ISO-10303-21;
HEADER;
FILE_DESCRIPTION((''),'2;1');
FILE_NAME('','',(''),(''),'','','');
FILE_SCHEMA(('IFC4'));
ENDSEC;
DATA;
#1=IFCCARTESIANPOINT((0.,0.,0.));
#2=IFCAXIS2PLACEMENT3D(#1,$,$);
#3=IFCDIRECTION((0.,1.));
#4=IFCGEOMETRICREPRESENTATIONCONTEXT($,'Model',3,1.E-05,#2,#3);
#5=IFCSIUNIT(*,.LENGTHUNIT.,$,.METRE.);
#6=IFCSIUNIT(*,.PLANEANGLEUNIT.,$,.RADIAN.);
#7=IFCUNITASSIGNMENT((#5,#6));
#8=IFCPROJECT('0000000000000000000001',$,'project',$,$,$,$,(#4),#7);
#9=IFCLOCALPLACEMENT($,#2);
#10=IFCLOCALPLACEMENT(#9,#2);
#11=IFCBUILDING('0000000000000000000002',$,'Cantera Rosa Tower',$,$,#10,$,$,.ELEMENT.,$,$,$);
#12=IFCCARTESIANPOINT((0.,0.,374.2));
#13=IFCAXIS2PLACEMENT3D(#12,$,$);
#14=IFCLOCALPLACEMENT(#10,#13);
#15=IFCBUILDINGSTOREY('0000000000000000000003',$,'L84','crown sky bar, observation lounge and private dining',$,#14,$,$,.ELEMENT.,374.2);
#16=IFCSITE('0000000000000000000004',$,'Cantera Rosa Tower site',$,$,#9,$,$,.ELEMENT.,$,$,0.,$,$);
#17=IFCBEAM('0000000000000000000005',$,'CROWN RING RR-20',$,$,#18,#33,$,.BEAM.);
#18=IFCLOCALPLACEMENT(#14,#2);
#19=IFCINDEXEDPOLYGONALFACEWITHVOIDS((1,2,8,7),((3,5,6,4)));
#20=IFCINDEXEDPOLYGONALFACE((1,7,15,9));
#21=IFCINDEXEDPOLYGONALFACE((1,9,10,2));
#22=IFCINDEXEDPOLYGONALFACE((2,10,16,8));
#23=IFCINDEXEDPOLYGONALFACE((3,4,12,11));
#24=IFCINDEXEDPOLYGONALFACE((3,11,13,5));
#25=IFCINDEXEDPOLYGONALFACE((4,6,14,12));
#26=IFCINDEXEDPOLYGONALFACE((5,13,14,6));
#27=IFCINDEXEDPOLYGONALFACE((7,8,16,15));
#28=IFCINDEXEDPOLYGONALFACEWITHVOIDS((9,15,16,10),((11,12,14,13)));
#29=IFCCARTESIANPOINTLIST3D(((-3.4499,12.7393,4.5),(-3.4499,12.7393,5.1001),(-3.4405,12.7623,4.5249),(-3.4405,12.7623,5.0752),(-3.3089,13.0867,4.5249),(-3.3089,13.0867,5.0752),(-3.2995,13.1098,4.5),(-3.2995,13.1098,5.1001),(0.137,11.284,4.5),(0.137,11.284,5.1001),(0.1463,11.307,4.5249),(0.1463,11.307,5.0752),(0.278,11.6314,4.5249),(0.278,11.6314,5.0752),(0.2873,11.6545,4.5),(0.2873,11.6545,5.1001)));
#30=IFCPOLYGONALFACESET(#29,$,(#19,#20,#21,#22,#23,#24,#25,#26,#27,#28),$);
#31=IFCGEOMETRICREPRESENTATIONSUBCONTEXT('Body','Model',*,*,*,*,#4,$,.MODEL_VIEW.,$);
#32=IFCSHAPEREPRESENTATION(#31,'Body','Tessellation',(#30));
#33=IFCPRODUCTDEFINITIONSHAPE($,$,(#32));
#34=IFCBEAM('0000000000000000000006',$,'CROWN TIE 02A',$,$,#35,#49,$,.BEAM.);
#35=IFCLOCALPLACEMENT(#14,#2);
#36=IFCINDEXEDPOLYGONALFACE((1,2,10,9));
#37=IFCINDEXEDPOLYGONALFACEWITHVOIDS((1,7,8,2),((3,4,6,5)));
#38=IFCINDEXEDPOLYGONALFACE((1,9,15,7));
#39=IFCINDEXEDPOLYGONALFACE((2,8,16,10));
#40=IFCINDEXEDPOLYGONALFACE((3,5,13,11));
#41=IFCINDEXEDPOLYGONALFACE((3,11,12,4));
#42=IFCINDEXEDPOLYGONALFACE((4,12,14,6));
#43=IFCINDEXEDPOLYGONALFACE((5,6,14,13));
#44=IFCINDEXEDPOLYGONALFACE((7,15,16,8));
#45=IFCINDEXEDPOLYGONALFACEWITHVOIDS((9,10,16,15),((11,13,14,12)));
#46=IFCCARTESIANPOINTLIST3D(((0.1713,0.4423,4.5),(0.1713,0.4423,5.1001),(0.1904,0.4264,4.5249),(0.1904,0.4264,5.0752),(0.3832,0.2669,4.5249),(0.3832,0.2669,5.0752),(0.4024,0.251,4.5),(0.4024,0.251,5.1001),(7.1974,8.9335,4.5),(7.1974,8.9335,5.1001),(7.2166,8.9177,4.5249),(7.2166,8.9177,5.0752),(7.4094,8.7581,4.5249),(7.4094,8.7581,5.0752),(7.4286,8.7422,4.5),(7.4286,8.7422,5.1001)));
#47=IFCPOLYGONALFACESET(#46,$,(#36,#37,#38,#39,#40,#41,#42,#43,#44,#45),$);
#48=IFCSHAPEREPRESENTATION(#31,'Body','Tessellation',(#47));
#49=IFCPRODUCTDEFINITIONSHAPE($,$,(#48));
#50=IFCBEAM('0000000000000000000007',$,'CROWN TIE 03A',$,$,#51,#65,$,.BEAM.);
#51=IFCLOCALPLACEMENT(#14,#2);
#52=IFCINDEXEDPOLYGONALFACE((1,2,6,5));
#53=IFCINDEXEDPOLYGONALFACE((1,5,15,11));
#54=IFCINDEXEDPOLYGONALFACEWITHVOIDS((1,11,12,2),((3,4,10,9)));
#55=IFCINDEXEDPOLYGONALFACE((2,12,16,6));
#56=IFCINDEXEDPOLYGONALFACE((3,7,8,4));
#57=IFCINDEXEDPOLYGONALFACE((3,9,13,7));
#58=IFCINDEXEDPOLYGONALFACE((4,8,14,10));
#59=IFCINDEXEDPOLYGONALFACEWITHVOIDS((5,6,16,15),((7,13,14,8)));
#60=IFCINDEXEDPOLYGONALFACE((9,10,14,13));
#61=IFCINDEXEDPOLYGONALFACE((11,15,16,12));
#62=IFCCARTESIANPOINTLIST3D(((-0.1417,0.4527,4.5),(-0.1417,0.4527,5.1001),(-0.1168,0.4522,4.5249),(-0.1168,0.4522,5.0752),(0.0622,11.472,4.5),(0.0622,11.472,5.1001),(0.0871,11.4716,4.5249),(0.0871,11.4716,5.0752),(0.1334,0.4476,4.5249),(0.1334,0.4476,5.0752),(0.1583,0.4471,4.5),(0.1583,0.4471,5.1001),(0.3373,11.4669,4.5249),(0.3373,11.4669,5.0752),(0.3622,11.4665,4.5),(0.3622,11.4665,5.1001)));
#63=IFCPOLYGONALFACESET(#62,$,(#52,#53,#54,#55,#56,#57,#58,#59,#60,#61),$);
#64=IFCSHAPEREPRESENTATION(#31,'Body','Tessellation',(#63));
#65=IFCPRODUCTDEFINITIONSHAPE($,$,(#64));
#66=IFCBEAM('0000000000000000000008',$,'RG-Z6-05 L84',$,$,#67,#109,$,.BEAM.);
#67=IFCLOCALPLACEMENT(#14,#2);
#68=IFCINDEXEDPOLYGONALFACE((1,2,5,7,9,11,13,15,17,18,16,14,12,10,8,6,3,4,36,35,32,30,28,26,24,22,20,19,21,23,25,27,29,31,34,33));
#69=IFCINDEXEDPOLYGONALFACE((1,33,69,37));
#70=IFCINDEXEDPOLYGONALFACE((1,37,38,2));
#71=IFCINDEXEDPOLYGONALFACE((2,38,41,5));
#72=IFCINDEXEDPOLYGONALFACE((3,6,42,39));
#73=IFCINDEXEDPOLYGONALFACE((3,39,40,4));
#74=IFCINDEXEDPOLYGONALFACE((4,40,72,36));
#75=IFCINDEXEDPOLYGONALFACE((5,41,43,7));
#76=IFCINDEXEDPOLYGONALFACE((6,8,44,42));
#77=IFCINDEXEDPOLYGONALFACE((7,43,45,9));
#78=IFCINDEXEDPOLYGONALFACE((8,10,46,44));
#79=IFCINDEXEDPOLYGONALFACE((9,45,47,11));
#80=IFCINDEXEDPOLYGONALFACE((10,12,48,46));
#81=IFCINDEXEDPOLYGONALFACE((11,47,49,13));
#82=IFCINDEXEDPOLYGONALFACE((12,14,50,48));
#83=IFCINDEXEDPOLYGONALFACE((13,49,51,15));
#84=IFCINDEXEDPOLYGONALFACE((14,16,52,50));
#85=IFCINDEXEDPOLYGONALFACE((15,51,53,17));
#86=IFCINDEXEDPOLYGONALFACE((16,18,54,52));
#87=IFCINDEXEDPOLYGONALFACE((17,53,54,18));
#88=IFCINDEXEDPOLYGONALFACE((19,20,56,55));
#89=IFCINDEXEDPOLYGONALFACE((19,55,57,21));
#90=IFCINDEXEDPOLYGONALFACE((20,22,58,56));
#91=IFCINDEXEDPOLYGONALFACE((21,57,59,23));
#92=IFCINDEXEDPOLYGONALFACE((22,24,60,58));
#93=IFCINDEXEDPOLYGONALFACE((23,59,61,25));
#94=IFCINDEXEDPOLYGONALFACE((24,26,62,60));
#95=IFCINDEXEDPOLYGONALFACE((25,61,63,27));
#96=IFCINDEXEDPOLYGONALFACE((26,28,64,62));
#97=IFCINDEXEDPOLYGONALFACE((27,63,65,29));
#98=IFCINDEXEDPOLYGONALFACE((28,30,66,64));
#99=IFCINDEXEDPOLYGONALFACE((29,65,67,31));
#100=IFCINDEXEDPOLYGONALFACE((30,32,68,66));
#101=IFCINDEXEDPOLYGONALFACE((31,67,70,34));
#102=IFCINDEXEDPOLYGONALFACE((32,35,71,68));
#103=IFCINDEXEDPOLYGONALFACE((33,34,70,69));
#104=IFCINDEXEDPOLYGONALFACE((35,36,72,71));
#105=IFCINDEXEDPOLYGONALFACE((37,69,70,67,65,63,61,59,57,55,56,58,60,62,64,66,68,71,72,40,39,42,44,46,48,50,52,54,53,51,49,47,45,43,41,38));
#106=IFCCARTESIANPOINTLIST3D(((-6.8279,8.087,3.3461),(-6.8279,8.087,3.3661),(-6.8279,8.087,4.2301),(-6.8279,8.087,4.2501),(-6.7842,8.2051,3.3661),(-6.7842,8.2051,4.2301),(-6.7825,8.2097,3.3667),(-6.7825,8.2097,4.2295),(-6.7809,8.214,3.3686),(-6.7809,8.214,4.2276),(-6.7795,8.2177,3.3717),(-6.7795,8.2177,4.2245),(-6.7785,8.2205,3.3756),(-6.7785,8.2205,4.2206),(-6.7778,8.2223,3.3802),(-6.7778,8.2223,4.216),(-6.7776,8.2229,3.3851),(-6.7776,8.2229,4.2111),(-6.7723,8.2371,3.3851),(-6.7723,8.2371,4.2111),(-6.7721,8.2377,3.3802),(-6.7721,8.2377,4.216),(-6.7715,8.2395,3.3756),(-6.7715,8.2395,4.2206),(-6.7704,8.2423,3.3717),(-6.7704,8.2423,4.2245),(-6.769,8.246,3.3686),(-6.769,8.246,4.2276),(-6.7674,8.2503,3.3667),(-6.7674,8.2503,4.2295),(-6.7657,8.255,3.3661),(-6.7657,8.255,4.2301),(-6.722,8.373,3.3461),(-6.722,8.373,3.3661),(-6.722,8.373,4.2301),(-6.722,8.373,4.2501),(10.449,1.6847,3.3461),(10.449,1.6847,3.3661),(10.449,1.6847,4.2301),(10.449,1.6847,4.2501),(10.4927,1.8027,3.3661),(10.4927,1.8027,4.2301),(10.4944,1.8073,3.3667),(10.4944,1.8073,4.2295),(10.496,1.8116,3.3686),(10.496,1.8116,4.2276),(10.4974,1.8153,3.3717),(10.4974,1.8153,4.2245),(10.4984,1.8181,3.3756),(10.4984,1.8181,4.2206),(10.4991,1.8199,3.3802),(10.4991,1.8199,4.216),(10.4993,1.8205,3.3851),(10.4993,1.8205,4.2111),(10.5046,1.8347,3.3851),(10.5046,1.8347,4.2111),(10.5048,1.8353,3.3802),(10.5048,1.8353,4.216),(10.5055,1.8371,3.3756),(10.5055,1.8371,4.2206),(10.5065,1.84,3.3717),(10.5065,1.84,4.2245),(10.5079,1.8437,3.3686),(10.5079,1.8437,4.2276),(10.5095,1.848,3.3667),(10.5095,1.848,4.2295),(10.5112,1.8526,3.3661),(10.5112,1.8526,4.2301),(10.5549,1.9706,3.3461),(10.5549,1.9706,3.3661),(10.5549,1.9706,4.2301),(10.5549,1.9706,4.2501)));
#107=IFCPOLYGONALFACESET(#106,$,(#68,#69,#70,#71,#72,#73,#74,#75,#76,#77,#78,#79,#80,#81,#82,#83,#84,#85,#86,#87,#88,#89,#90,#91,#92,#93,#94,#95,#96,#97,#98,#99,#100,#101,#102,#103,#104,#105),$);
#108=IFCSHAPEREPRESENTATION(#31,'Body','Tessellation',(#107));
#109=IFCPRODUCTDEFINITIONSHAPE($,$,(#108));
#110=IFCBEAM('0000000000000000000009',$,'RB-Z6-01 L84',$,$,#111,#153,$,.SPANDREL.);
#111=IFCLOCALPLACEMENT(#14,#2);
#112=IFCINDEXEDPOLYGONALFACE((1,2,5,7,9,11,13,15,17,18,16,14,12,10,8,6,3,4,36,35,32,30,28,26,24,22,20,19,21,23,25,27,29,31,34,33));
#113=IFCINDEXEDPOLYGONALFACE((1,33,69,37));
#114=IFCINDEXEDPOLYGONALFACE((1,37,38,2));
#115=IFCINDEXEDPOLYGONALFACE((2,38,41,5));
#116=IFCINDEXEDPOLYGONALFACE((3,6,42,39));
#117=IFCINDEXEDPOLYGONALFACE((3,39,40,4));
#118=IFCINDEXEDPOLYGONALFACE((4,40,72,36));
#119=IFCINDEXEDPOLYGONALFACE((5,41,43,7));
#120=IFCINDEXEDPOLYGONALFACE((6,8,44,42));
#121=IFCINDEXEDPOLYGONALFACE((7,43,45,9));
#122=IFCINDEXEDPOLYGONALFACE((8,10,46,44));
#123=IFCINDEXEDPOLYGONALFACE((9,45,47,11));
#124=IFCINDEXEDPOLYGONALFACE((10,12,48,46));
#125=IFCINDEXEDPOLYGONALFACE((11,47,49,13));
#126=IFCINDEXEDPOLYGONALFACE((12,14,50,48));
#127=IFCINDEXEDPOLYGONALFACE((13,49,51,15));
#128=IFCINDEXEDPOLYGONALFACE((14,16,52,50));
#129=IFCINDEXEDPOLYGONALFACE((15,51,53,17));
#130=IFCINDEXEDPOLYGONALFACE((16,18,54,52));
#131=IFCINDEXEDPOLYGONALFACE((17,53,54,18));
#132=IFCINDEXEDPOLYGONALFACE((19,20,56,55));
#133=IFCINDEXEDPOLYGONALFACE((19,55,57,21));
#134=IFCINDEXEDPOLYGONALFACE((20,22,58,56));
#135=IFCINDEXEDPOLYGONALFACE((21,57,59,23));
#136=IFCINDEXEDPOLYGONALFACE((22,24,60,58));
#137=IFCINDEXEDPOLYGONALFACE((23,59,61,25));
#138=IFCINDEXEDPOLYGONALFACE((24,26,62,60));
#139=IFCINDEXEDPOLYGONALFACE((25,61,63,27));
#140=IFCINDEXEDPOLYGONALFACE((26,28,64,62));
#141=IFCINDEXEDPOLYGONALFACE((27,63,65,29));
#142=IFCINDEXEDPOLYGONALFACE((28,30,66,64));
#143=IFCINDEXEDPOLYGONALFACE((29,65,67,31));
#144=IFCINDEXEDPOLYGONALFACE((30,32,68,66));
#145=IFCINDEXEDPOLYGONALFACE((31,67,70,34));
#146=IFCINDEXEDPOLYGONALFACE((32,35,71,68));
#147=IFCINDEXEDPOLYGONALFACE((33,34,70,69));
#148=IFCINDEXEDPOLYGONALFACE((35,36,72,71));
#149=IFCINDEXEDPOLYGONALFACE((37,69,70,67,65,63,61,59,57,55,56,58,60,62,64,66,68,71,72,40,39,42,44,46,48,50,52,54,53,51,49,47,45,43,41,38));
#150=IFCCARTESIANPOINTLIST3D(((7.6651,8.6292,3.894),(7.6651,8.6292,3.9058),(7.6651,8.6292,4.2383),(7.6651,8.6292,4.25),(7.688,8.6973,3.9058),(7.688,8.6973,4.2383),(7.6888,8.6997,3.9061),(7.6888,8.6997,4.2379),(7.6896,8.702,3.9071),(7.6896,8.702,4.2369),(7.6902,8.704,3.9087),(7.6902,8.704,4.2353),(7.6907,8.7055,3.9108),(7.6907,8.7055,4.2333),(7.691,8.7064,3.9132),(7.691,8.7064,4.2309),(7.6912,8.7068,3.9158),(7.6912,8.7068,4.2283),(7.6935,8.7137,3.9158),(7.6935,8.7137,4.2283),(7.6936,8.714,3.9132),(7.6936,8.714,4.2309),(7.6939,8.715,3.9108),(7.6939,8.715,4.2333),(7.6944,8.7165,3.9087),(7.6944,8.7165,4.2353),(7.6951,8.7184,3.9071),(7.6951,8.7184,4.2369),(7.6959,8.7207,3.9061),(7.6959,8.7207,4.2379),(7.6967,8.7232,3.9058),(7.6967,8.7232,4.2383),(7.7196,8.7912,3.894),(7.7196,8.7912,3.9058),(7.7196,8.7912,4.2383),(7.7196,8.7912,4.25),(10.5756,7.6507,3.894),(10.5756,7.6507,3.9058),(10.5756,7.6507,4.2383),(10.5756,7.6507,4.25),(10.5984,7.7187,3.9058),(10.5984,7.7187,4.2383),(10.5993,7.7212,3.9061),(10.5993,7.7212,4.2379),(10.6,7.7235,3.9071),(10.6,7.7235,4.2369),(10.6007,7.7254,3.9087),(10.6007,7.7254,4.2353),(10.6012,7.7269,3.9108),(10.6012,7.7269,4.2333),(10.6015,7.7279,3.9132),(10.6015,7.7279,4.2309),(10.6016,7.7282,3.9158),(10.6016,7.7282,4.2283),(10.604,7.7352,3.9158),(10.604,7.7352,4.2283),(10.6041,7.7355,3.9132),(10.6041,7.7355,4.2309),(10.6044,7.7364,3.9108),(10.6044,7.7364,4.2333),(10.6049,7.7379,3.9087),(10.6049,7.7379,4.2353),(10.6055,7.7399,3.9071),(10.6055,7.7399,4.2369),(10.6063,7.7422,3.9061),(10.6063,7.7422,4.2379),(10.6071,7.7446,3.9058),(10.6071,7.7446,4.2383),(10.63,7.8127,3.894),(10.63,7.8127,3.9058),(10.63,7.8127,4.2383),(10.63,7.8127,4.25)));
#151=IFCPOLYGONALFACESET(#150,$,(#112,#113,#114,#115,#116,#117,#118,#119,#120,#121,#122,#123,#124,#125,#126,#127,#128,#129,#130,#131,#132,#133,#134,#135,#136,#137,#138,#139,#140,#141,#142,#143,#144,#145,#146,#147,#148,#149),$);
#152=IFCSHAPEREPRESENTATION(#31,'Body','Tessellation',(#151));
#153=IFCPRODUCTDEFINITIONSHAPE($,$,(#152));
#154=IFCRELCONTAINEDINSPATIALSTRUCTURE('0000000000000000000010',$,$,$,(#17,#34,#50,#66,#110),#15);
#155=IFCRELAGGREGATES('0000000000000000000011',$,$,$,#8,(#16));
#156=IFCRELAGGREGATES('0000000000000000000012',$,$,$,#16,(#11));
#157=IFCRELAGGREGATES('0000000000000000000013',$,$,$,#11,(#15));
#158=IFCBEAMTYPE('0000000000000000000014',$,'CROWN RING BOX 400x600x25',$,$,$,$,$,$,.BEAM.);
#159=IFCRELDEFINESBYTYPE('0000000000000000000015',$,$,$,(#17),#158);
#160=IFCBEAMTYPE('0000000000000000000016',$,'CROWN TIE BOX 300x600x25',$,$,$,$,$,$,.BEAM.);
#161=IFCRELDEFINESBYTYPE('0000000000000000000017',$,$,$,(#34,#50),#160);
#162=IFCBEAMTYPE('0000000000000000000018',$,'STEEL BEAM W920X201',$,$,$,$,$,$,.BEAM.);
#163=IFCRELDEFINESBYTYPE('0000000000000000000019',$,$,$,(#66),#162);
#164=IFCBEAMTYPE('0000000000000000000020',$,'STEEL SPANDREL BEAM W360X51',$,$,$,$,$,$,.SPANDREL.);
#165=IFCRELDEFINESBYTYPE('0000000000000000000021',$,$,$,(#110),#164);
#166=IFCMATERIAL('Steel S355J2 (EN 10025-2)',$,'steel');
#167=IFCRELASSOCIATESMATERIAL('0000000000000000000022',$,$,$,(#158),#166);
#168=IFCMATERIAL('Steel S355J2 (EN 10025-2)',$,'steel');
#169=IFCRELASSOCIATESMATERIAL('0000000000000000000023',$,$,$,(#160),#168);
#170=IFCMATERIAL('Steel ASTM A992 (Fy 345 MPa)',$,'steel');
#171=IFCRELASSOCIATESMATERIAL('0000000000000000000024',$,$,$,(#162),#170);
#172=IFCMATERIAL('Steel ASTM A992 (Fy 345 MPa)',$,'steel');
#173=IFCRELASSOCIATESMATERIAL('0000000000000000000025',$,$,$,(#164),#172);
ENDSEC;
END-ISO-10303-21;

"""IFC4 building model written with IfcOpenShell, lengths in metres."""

from ifc_helpers import new_model, si_unit, direction, frame, origin, origin_2d, place, context, subcontext, project, spatial, hollow_rectangle, i_section, extrude, material, material_profile, profile_set, type_object, element, save


model = new_model("IFC4")

# Units and contexts
model_context = context("Model", 3, precision=1e-05, world=origin(), true_north=direction((0.0, 1.0)))
body_context = subcontext(model_context, "Body", "Model", "MODEL_VIEW")
ifc_project = project(units=[si_unit("LENGTHUNIT", "METRE"), si_unit("PLANEANGLEUNIT", "RADIAN")], contexts=[model_context])

# Site, building, storey
site_placement = place(None, origin())
site = spatial("IfcSite", under=ifc_project, at=site_placement, Name="Cantera Rosa Tower site", CompositionType="ELEMENT", RefElevation=0.0)
building_placement = place(site_placement, origin())
building = spatial("IfcBuilding", under=site, at=building_placement, Name="Cantera Rosa Tower", CompositionType="ELEMENT")
storey_placement = place(building_placement, frame((0.0, 0.0, 374.2)))
storey = spatial("IfcBuildingStorey", under=building, at=storey_placement, Name="L84", Description="crown sky bar, observation lounge and private dining", CompositionType="ELEMENT", Elevation=374.2)

# Beams
ifc_material_1 = material(Name="Steel S355J2 (EN 10025-2)", Category="steel")
ifc_material_profile_1 = material_profile(ifc_material_1, hollow_rectangle(XDim=0.3999, YDim=0.6001, WallThickness=0.0249, at=origin_2d()), Name="CROWN RING BOX 400x600x25")
ifc_profile_set_1 = profile_set([ifc_material_profile_1], Name="Steel S355J2 (EN 10025-2)")
beam_type_1 = type_object("IfcBeamType", Name="CROWN RING BOX 400x600x25", PredefinedType="BEAM", material=ifc_profile_set_1)
beam_1_placement = place(storey_placement, frame((0.2122, 11.4692, 4.8), z_axis=(-0.926634, 0.375964, 0.0), x_axis=(-0.375964, -0.926634, 0.0)))
element("IfcBeam", 1, at=beam_1_placement, inside=storey, type_object=beam_type_1, Name="CROWN RING RR-20", PredefinedType="BEAM", context=body_context, shape_type="SweptSolid", body=[
    extrude(hollow_rectangle(XDim=0.3999, YDim=0.6001, WallThickness=0.0249, at=origin_2d()), origin(), (0.0, 0.0, 1.0), 3.8708),
])
ifc_material_2 = material(Name="Steel S355J2 (EN 10025-2)", Category="steel")
ifc_material_profile_2 = material_profile(ifc_material_2, hollow_rectangle(XDim=0.3, YDim=0.6001, WallThickness=0.0249, at=origin_2d()), Name="CROWN TIE BOX 300x600x25")
ifc_profile_set_2 = profile_set([ifc_material_profile_2], Name="Steel S355J2 (EN 10025-2)")
beam_type_2 = type_object("IfcBeamType", Name="CROWN TIE BOX 300x600x25", PredefinedType="BEAM", material=ifc_profile_set_2)
for number, where, z_axis, x_axis, name in (
    (2, (7.313, 8.8379, 4.8), (-0.637509, -0.770443, 0.0), (0.770443, -0.637509, 0.0), "CROWN TIE 02A"),
    (3, (0.2122, 11.4692, 4.8), (-0.018497, -0.999829, 0.0), (0.999829, -0.018497, 0.0), "CROWN TIE 03A"),
):
    element("IfcBeam", number, at=place(storey_placement, frame(where, z_axis=z_axis, x_axis=x_axis)), inside=storey, type_object=beam_type_2, Name=name, PredefinedType="BEAM", context=body_context, shape_type="SweptSolid", body=[
        extrude(hollow_rectangle(XDim=0.3, YDim=0.6001, WallThickness=0.0249, at=origin_2d()), origin(), (0.0, 0.0, 1.0), 11.0212),
    ])
ifc_material_3 = material(Name="Steel ASTM A992 (Fy 345 MPa)", Category="steel")
ifc_material_profile_3 = material_profile(ifc_material_3, i_section(OverallWidth=0.3049, OverallDepth=0.9041, WebThickness=0.0151, FlangeThickness=0.02, FilletRadius=0.019, at=origin_2d()), Name="W920X201")
ifc_profile_set_3 = profile_set([ifc_material_profile_3], Name="Steel ASTM A992 (Fy 345 MPa)")
beam_type_3 = type_object("IfcBeamType", Name="STEEL BEAM W920X201", PredefinedType="BEAM", material=ifc_profile_set_3)
beam_2_placement = place(storey_placement, frame((10.502, 1.8276, 3.7981), z_axis=(-0.937687, 0.347482, 0.0), x_axis=(-0.347482, -0.937687, 0.0)))
element("IfcBeam", 4, at=beam_2_placement, inside=storey, type_object=beam_type_3, Name="RG-Z6-05 L84", PredefinedType="BEAM", context=body_context, shape_type="SweptSolid", body=[
    extrude(i_section(OverallWidth=0.3049, OverallDepth=0.9041, WebThickness=0.0151, FlangeThickness=0.02, FilletRadius=0.019, at=origin_2d()), origin(), (0.0, 0.0, 1.0), 18.425),
])
ifc_material_4 = material(Name="Steel ASTM A992 (Fy 345 MPa)", Category="steel")
ifc_material_profile_4 = material_profile(ifc_material_4, i_section(OverallWidth=0.1709, OverallDepth=0.356, WebThickness=0.0073, FlangeThickness=0.0117, FilletRadius=0.01, at=origin_2d()), Name="W360X51")
ifc_profile_set_4 = profile_set([ifc_material_profile_4], Name="Steel ASTM A992 (Fy 345 MPa)")
beam_type_4 = type_object("IfcBeamType", Name="STEEL SPANDREL BEAM W360X51", PredefinedType="SPANDREL", material=ifc_profile_set_4)
beam_3_placement = place(storey_placement, frame((10.6028, 7.7317, 4.072), z_axis=(-0.947861, 0.318684, 0.0), x_axis=(-0.318684, -0.947861, 0.0)))
element("IfcBeam", 5, at=beam_3_placement, inside=storey, type_object=beam_type_4, Name="RB-Z6-01 L84", PredefinedType="SPANDREL", context=body_context, shape_type="SweptSolid", body=[
    extrude(i_section(OverallWidth=0.1709, OverallDepth=0.356, WebThickness=0.0073, FlangeThickness=0.0117, FilletRadius=0.01, at=origin_2d()), origin(), (0.0, 0.0, 1.0), 3.0706),
])

save(model, "model.ifc")
